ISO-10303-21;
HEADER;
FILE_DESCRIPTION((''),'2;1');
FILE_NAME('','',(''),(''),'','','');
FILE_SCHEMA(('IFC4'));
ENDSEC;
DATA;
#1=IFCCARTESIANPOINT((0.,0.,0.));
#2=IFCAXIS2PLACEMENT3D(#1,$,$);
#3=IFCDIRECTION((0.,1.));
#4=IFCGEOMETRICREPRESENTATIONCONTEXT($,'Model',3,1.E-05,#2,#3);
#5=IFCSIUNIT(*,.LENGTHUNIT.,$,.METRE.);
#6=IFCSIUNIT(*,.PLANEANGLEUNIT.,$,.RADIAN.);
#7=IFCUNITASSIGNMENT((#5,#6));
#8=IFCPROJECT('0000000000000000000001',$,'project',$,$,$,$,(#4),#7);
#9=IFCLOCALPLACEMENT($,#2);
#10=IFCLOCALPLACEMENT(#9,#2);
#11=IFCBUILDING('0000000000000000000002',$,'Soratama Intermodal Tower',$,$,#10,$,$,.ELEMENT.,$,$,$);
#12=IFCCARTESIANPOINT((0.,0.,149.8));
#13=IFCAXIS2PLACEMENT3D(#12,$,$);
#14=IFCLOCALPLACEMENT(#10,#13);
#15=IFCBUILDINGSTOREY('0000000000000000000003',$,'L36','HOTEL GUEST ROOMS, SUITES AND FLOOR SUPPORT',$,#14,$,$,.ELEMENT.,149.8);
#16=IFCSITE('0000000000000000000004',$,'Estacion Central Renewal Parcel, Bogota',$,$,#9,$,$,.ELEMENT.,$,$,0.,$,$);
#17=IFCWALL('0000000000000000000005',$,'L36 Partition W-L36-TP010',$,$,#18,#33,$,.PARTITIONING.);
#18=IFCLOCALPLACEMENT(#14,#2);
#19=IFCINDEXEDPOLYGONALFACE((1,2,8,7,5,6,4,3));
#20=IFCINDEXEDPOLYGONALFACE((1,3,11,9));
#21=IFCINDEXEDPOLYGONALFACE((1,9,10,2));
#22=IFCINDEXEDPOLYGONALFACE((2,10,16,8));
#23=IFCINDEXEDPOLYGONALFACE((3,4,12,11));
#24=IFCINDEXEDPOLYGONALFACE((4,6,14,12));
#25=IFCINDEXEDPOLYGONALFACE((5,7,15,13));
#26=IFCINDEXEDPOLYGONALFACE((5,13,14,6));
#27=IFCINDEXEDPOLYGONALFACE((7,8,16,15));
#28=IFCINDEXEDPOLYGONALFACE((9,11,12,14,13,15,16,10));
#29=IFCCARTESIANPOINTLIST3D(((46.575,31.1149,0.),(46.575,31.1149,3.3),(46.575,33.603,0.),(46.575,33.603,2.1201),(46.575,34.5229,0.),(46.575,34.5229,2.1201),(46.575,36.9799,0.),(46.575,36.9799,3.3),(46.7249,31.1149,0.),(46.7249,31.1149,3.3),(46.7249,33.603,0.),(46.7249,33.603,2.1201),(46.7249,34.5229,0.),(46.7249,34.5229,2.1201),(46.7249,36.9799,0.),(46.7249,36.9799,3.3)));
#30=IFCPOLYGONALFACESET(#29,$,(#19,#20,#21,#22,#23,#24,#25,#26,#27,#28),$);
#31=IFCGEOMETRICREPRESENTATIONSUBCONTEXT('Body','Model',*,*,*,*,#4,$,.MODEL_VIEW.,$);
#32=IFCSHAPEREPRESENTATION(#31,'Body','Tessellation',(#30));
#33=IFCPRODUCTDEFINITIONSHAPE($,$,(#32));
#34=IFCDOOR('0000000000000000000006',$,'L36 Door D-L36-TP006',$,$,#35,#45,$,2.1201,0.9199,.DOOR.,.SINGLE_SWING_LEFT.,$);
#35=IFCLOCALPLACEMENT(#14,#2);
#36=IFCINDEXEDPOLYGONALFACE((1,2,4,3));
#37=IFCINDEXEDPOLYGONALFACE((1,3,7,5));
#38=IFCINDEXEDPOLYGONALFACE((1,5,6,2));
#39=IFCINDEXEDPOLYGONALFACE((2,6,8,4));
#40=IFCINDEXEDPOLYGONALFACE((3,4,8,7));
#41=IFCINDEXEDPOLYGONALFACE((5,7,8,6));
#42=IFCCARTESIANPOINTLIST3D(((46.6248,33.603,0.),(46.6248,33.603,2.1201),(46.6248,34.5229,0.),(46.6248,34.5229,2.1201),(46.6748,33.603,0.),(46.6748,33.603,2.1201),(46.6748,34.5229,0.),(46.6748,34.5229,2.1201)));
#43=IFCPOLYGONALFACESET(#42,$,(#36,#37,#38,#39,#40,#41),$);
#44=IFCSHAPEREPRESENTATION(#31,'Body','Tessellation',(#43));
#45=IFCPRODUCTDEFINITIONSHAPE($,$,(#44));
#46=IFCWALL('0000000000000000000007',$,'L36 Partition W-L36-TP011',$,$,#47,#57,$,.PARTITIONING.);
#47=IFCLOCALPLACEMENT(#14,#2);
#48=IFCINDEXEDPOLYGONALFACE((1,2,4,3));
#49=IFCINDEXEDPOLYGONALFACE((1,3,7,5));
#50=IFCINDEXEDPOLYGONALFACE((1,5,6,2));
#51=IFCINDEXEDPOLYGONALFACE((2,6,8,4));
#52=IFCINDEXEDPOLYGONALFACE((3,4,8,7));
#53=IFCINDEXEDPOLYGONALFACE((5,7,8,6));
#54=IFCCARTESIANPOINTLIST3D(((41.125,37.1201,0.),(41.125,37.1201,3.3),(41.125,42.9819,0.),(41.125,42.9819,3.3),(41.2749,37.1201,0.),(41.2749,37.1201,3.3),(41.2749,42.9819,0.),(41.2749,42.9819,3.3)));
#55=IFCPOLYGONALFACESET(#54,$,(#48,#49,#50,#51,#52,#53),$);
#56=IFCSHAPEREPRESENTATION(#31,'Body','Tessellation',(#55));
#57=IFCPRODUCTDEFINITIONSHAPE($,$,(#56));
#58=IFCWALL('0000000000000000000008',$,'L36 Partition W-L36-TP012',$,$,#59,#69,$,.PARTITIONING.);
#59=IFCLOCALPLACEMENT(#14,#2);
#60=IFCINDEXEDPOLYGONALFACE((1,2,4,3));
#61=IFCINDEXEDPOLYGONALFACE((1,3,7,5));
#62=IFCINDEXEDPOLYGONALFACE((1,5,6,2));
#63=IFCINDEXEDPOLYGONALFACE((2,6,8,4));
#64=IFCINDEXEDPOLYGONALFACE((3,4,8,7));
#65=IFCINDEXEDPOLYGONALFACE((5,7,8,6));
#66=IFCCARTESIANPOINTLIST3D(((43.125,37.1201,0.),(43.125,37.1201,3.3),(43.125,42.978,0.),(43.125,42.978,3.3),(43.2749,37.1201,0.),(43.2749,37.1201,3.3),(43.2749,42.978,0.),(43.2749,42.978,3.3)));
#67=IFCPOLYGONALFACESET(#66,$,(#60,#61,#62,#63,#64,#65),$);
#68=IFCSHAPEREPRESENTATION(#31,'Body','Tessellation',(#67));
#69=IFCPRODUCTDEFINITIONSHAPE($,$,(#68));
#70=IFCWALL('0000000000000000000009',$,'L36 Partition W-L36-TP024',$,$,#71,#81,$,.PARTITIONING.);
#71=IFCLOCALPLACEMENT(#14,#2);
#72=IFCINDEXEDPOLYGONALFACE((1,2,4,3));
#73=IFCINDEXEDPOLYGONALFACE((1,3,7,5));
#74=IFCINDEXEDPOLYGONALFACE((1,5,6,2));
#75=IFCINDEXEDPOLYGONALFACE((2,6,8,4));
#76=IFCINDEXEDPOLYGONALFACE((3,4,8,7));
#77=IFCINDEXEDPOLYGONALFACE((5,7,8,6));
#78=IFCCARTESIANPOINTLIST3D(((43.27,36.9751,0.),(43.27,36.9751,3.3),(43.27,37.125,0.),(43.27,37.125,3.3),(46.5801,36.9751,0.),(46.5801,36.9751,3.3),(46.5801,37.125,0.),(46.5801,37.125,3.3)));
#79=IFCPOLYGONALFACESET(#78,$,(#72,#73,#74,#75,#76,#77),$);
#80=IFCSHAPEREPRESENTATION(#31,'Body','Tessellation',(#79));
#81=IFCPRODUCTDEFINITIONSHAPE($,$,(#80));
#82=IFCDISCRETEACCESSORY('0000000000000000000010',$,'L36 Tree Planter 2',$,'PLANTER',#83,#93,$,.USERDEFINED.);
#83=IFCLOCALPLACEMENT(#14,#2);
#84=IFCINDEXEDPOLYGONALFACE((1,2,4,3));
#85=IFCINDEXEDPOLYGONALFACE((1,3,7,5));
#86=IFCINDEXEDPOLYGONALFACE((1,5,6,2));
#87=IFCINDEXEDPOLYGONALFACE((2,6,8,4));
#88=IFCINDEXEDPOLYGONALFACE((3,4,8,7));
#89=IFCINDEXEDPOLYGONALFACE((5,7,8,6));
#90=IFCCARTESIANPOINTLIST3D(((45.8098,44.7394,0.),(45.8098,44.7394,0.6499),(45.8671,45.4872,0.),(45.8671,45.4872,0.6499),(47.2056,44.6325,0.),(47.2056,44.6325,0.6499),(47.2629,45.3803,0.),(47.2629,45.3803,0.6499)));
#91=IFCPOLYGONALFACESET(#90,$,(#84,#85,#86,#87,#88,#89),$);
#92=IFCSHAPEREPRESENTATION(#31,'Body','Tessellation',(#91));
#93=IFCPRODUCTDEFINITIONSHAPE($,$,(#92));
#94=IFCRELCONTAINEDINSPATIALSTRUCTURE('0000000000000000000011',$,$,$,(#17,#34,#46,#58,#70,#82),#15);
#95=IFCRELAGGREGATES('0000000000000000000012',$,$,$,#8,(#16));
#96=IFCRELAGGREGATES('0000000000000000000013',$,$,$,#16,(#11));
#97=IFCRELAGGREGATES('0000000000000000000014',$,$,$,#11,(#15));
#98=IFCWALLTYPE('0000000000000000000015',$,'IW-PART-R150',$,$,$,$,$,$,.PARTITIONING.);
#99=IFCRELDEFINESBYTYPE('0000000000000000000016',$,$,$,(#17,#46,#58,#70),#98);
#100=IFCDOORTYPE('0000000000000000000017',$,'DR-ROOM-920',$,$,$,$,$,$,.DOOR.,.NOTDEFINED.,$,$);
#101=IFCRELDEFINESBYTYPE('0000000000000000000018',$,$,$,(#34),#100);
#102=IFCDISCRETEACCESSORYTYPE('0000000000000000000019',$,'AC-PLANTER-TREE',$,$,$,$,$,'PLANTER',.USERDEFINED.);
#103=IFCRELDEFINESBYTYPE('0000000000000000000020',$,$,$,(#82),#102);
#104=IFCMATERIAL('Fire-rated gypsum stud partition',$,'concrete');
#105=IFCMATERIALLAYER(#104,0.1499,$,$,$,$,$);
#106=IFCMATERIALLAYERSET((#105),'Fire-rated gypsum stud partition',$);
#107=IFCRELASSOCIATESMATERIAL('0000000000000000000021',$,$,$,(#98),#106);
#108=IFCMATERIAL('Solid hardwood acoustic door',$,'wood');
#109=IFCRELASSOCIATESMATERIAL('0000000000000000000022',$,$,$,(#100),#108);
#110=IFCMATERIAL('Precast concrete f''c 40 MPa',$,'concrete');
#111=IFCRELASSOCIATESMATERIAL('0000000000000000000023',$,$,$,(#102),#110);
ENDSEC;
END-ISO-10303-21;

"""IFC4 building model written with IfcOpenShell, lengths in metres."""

from ifc_helpers import new_model, si_unit, direction, frame, frame_2d, origin, origin_2d, place, context, subcontext, project, spatial, rectangle, extrude, material, layer, layer_set, type_object, element, fill, save


model = new_model("IFC4")

# Units and contexts
model_context = context("Model", 3, precision=1e-05, world=origin(), true_north=direction((0.0, 1.0)))
body_context = subcontext(model_context, "Body", "Model", "MODEL_VIEW")
ifc_project = project(units=[si_unit("LENGTHUNIT", "METRE"), si_unit("PLANEANGLEUNIT", "RADIAN")], contexts=[model_context])

# Site, building, storey
site_placement = place(None, origin())
site = spatial("IfcSite", under=ifc_project, at=site_placement, Name="Estacion Central Renewal Parcel, Bogota", CompositionType="ELEMENT", RefElevation=0.0)
building_placement = place(site_placement, origin())
building = spatial("IfcBuilding", under=site, at=building_placement, Name="Soratama Intermodal Tower", CompositionType="ELEMENT")
storey_placement = place(building_placement, frame((0.0, 0.0, 149.8)))
storey = spatial("IfcBuildingStorey", under=building, at=storey_placement, Name="L36", Description="HOTEL GUEST ROOMS, SUITES AND FLOOR SUPPORT", CompositionType="ELEMENT", Elevation=149.8)

# Wall, opening, door
ifc_material_1 = material(Name="Fire-rated gypsum stud partition", Category="concrete")
ifc_layer_1 = layer(ifc_material_1, 0.1499)
ifc_layer_set_1 = layer_set([ifc_layer_1], Name="Fire-rated gypsum stud partition")
wall_type_1 = type_object("IfcWallType", Name="IW-PART-R150", PredefinedType="PARTITIONING", material=ifc_layer_set_1)
wall_1_placement = place(storey_placement, frame((46.6499, 36.98, 0.0), z_axis=(0.0, 0.0, 1.0), x_axis=(0.0, -1.0, 0.0)))
wall_1 = element("IfcWall", 1, at=wall_1_placement, inside=storey, type_object=wall_type_1, Name="L36 Partition W-L36-TP010", PredefinedType="PARTITIONING", context=body_context, shape_type="SweptSolid", body=[
    extrude(rectangle(XDim=5.865, YDim=0.1499, at=frame_2d((2.9326, 0.0))), origin(), (0.0, 0.0, 1.0), 3.3),
])
opening_1_placement = place(wall_1_placement, frame((2.457, 0.0, 0.0)))
opening_1 = element("IfcOpeningElement", 2, at=opening_1_placement, cuts=wall_1, PredefinedType="OPENING", context=body_context, shape_type="SweptSolid", body=[
    extrude(rectangle(XDim=0.9199, YDim=2.1201, at=frame_2d((0.46, 1.0601))), frame((0.0, 0.085, 0.0), z_axis=(0.0, -1.0, 0.0), x_axis=(1.0, 0.0, 0.0)), (0.0, 0.0, 1.0), 0.1699),
])
ifc_material_2 = material(Name="Solid hardwood acoustic door", Category="wood")
door_type_1 = type_object("IfcDoorType", Name="DR-ROOM-920", OperationType="NOTDEFINED", PredefinedType="DOOR", material=ifc_material_2)
door_1_placement = place(opening_1_placement, origin())
door_1 = element("IfcDoor", 3, at=door_1_placement, inside=storey, type_object=door_type_1, Name="L36 Door D-L36-TP006", OperationType="SINGLE_SWING_LEFT", OverallHeight=2.1201, OverallWidth=0.9199, PredefinedType="DOOR", context=body_context, shape_type="SweptSolid", body=[
    extrude(rectangle(XDim=0.9199, YDim=2.1201, at=frame_2d((0.46, 1.0601))), frame((0.0, 0.0249, 0.0), z_axis=(0.0, -1.0, 0.0), x_axis=(1.0, 0.0, 0.0)), (0.0, 0.0, 1.0), 0.05),
])
fill(opening_1, door_1)

# Walls
wall_2_placement = place(storey_placement, frame((41.2, 37.1201, 0.0), z_axis=(0.0, 0.0, 1.0), x_axis=(0.0, 1.0, 0.0)))
element("IfcWall", 4, at=wall_2_placement, inside=storey, type_object=wall_type_1, Name="L36 Partition W-L36-TP011", PredefinedType="PARTITIONING", context=body_context, shape_type="SweptSolid", body=[
    extrude(rectangle(XDim=5.8618, YDim=0.1499, at=frame_2d((2.9309, 0.0))), origin(), (0.0, 0.0, 1.0), 3.3),
])
wall_3_placement = place(storey_placement, frame((43.2, 42.978, 0.0), z_axis=(0.0, 0.0, 1.0), x_axis=(0.0, -1.0, 0.0)))
element("IfcWall", 5, at=wall_3_placement, inside=storey, type_object=wall_type_1, Name="L36 Partition W-L36-TP012", PredefinedType="PARTITIONING", context=body_context, shape_type="SweptSolid", body=[
    extrude(rectangle(XDim=5.8579, YDim=0.1499, at=frame_2d((2.929, 0.0))), origin(), (0.0, 0.0, 1.0), 3.3),
])
wall_4_placement = place(storey_placement, frame((43.27, 37.05, 0.0), z_axis=(0.0, 0.0, 1.0), x_axis=(1.0, 0.0, 0.0)))
element("IfcWall", 6, at=wall_4_placement, inside=storey, type_object=wall_type_1, Name="L36 Partition W-L36-TP024", PredefinedType="PARTITIONING", context=body_context, shape_type="SweptSolid", body=[
    extrude(rectangle(XDim=3.3101, YDim=0.1499, at=frame_2d((1.655, 0.0))), origin(), (0.0, 0.0, 1.0), 3.3),
])

# Discrete accessory
ifc_material_3 = material(Name="Precast concrete f'c 40 MPa", Category="concrete")
discrete_accessory_type = type_object("IfcDiscreteAccessoryType", Name="AC-PLANTER-TREE", ElementType="PLANTER", PredefinedType="USERDEFINED", material=ifc_material_3)
discrete_accessory_placement = place(storey_placement, frame((46.5364, 45.0598, 0.0), z_axis=(0.0, 0.0, 1.0), x_axis=(0.076371, 0.997079, 0.0)))
element("IfcDiscreteAccessory", 7, at=discrete_accessory_placement, inside=storey, type_object=discrete_accessory_type, Name="L36 Tree Planter 2", ObjectType="PLANTER", PredefinedType="USERDEFINED", context=body_context, shape_type="SweptSolid", body=[
    extrude(rectangle(XDim=0.75, YDim=1.3999, at=origin_2d()), origin(), (0.0, 0.0, 1.0), 0.6499),
])

save(model, "model.ifc")
